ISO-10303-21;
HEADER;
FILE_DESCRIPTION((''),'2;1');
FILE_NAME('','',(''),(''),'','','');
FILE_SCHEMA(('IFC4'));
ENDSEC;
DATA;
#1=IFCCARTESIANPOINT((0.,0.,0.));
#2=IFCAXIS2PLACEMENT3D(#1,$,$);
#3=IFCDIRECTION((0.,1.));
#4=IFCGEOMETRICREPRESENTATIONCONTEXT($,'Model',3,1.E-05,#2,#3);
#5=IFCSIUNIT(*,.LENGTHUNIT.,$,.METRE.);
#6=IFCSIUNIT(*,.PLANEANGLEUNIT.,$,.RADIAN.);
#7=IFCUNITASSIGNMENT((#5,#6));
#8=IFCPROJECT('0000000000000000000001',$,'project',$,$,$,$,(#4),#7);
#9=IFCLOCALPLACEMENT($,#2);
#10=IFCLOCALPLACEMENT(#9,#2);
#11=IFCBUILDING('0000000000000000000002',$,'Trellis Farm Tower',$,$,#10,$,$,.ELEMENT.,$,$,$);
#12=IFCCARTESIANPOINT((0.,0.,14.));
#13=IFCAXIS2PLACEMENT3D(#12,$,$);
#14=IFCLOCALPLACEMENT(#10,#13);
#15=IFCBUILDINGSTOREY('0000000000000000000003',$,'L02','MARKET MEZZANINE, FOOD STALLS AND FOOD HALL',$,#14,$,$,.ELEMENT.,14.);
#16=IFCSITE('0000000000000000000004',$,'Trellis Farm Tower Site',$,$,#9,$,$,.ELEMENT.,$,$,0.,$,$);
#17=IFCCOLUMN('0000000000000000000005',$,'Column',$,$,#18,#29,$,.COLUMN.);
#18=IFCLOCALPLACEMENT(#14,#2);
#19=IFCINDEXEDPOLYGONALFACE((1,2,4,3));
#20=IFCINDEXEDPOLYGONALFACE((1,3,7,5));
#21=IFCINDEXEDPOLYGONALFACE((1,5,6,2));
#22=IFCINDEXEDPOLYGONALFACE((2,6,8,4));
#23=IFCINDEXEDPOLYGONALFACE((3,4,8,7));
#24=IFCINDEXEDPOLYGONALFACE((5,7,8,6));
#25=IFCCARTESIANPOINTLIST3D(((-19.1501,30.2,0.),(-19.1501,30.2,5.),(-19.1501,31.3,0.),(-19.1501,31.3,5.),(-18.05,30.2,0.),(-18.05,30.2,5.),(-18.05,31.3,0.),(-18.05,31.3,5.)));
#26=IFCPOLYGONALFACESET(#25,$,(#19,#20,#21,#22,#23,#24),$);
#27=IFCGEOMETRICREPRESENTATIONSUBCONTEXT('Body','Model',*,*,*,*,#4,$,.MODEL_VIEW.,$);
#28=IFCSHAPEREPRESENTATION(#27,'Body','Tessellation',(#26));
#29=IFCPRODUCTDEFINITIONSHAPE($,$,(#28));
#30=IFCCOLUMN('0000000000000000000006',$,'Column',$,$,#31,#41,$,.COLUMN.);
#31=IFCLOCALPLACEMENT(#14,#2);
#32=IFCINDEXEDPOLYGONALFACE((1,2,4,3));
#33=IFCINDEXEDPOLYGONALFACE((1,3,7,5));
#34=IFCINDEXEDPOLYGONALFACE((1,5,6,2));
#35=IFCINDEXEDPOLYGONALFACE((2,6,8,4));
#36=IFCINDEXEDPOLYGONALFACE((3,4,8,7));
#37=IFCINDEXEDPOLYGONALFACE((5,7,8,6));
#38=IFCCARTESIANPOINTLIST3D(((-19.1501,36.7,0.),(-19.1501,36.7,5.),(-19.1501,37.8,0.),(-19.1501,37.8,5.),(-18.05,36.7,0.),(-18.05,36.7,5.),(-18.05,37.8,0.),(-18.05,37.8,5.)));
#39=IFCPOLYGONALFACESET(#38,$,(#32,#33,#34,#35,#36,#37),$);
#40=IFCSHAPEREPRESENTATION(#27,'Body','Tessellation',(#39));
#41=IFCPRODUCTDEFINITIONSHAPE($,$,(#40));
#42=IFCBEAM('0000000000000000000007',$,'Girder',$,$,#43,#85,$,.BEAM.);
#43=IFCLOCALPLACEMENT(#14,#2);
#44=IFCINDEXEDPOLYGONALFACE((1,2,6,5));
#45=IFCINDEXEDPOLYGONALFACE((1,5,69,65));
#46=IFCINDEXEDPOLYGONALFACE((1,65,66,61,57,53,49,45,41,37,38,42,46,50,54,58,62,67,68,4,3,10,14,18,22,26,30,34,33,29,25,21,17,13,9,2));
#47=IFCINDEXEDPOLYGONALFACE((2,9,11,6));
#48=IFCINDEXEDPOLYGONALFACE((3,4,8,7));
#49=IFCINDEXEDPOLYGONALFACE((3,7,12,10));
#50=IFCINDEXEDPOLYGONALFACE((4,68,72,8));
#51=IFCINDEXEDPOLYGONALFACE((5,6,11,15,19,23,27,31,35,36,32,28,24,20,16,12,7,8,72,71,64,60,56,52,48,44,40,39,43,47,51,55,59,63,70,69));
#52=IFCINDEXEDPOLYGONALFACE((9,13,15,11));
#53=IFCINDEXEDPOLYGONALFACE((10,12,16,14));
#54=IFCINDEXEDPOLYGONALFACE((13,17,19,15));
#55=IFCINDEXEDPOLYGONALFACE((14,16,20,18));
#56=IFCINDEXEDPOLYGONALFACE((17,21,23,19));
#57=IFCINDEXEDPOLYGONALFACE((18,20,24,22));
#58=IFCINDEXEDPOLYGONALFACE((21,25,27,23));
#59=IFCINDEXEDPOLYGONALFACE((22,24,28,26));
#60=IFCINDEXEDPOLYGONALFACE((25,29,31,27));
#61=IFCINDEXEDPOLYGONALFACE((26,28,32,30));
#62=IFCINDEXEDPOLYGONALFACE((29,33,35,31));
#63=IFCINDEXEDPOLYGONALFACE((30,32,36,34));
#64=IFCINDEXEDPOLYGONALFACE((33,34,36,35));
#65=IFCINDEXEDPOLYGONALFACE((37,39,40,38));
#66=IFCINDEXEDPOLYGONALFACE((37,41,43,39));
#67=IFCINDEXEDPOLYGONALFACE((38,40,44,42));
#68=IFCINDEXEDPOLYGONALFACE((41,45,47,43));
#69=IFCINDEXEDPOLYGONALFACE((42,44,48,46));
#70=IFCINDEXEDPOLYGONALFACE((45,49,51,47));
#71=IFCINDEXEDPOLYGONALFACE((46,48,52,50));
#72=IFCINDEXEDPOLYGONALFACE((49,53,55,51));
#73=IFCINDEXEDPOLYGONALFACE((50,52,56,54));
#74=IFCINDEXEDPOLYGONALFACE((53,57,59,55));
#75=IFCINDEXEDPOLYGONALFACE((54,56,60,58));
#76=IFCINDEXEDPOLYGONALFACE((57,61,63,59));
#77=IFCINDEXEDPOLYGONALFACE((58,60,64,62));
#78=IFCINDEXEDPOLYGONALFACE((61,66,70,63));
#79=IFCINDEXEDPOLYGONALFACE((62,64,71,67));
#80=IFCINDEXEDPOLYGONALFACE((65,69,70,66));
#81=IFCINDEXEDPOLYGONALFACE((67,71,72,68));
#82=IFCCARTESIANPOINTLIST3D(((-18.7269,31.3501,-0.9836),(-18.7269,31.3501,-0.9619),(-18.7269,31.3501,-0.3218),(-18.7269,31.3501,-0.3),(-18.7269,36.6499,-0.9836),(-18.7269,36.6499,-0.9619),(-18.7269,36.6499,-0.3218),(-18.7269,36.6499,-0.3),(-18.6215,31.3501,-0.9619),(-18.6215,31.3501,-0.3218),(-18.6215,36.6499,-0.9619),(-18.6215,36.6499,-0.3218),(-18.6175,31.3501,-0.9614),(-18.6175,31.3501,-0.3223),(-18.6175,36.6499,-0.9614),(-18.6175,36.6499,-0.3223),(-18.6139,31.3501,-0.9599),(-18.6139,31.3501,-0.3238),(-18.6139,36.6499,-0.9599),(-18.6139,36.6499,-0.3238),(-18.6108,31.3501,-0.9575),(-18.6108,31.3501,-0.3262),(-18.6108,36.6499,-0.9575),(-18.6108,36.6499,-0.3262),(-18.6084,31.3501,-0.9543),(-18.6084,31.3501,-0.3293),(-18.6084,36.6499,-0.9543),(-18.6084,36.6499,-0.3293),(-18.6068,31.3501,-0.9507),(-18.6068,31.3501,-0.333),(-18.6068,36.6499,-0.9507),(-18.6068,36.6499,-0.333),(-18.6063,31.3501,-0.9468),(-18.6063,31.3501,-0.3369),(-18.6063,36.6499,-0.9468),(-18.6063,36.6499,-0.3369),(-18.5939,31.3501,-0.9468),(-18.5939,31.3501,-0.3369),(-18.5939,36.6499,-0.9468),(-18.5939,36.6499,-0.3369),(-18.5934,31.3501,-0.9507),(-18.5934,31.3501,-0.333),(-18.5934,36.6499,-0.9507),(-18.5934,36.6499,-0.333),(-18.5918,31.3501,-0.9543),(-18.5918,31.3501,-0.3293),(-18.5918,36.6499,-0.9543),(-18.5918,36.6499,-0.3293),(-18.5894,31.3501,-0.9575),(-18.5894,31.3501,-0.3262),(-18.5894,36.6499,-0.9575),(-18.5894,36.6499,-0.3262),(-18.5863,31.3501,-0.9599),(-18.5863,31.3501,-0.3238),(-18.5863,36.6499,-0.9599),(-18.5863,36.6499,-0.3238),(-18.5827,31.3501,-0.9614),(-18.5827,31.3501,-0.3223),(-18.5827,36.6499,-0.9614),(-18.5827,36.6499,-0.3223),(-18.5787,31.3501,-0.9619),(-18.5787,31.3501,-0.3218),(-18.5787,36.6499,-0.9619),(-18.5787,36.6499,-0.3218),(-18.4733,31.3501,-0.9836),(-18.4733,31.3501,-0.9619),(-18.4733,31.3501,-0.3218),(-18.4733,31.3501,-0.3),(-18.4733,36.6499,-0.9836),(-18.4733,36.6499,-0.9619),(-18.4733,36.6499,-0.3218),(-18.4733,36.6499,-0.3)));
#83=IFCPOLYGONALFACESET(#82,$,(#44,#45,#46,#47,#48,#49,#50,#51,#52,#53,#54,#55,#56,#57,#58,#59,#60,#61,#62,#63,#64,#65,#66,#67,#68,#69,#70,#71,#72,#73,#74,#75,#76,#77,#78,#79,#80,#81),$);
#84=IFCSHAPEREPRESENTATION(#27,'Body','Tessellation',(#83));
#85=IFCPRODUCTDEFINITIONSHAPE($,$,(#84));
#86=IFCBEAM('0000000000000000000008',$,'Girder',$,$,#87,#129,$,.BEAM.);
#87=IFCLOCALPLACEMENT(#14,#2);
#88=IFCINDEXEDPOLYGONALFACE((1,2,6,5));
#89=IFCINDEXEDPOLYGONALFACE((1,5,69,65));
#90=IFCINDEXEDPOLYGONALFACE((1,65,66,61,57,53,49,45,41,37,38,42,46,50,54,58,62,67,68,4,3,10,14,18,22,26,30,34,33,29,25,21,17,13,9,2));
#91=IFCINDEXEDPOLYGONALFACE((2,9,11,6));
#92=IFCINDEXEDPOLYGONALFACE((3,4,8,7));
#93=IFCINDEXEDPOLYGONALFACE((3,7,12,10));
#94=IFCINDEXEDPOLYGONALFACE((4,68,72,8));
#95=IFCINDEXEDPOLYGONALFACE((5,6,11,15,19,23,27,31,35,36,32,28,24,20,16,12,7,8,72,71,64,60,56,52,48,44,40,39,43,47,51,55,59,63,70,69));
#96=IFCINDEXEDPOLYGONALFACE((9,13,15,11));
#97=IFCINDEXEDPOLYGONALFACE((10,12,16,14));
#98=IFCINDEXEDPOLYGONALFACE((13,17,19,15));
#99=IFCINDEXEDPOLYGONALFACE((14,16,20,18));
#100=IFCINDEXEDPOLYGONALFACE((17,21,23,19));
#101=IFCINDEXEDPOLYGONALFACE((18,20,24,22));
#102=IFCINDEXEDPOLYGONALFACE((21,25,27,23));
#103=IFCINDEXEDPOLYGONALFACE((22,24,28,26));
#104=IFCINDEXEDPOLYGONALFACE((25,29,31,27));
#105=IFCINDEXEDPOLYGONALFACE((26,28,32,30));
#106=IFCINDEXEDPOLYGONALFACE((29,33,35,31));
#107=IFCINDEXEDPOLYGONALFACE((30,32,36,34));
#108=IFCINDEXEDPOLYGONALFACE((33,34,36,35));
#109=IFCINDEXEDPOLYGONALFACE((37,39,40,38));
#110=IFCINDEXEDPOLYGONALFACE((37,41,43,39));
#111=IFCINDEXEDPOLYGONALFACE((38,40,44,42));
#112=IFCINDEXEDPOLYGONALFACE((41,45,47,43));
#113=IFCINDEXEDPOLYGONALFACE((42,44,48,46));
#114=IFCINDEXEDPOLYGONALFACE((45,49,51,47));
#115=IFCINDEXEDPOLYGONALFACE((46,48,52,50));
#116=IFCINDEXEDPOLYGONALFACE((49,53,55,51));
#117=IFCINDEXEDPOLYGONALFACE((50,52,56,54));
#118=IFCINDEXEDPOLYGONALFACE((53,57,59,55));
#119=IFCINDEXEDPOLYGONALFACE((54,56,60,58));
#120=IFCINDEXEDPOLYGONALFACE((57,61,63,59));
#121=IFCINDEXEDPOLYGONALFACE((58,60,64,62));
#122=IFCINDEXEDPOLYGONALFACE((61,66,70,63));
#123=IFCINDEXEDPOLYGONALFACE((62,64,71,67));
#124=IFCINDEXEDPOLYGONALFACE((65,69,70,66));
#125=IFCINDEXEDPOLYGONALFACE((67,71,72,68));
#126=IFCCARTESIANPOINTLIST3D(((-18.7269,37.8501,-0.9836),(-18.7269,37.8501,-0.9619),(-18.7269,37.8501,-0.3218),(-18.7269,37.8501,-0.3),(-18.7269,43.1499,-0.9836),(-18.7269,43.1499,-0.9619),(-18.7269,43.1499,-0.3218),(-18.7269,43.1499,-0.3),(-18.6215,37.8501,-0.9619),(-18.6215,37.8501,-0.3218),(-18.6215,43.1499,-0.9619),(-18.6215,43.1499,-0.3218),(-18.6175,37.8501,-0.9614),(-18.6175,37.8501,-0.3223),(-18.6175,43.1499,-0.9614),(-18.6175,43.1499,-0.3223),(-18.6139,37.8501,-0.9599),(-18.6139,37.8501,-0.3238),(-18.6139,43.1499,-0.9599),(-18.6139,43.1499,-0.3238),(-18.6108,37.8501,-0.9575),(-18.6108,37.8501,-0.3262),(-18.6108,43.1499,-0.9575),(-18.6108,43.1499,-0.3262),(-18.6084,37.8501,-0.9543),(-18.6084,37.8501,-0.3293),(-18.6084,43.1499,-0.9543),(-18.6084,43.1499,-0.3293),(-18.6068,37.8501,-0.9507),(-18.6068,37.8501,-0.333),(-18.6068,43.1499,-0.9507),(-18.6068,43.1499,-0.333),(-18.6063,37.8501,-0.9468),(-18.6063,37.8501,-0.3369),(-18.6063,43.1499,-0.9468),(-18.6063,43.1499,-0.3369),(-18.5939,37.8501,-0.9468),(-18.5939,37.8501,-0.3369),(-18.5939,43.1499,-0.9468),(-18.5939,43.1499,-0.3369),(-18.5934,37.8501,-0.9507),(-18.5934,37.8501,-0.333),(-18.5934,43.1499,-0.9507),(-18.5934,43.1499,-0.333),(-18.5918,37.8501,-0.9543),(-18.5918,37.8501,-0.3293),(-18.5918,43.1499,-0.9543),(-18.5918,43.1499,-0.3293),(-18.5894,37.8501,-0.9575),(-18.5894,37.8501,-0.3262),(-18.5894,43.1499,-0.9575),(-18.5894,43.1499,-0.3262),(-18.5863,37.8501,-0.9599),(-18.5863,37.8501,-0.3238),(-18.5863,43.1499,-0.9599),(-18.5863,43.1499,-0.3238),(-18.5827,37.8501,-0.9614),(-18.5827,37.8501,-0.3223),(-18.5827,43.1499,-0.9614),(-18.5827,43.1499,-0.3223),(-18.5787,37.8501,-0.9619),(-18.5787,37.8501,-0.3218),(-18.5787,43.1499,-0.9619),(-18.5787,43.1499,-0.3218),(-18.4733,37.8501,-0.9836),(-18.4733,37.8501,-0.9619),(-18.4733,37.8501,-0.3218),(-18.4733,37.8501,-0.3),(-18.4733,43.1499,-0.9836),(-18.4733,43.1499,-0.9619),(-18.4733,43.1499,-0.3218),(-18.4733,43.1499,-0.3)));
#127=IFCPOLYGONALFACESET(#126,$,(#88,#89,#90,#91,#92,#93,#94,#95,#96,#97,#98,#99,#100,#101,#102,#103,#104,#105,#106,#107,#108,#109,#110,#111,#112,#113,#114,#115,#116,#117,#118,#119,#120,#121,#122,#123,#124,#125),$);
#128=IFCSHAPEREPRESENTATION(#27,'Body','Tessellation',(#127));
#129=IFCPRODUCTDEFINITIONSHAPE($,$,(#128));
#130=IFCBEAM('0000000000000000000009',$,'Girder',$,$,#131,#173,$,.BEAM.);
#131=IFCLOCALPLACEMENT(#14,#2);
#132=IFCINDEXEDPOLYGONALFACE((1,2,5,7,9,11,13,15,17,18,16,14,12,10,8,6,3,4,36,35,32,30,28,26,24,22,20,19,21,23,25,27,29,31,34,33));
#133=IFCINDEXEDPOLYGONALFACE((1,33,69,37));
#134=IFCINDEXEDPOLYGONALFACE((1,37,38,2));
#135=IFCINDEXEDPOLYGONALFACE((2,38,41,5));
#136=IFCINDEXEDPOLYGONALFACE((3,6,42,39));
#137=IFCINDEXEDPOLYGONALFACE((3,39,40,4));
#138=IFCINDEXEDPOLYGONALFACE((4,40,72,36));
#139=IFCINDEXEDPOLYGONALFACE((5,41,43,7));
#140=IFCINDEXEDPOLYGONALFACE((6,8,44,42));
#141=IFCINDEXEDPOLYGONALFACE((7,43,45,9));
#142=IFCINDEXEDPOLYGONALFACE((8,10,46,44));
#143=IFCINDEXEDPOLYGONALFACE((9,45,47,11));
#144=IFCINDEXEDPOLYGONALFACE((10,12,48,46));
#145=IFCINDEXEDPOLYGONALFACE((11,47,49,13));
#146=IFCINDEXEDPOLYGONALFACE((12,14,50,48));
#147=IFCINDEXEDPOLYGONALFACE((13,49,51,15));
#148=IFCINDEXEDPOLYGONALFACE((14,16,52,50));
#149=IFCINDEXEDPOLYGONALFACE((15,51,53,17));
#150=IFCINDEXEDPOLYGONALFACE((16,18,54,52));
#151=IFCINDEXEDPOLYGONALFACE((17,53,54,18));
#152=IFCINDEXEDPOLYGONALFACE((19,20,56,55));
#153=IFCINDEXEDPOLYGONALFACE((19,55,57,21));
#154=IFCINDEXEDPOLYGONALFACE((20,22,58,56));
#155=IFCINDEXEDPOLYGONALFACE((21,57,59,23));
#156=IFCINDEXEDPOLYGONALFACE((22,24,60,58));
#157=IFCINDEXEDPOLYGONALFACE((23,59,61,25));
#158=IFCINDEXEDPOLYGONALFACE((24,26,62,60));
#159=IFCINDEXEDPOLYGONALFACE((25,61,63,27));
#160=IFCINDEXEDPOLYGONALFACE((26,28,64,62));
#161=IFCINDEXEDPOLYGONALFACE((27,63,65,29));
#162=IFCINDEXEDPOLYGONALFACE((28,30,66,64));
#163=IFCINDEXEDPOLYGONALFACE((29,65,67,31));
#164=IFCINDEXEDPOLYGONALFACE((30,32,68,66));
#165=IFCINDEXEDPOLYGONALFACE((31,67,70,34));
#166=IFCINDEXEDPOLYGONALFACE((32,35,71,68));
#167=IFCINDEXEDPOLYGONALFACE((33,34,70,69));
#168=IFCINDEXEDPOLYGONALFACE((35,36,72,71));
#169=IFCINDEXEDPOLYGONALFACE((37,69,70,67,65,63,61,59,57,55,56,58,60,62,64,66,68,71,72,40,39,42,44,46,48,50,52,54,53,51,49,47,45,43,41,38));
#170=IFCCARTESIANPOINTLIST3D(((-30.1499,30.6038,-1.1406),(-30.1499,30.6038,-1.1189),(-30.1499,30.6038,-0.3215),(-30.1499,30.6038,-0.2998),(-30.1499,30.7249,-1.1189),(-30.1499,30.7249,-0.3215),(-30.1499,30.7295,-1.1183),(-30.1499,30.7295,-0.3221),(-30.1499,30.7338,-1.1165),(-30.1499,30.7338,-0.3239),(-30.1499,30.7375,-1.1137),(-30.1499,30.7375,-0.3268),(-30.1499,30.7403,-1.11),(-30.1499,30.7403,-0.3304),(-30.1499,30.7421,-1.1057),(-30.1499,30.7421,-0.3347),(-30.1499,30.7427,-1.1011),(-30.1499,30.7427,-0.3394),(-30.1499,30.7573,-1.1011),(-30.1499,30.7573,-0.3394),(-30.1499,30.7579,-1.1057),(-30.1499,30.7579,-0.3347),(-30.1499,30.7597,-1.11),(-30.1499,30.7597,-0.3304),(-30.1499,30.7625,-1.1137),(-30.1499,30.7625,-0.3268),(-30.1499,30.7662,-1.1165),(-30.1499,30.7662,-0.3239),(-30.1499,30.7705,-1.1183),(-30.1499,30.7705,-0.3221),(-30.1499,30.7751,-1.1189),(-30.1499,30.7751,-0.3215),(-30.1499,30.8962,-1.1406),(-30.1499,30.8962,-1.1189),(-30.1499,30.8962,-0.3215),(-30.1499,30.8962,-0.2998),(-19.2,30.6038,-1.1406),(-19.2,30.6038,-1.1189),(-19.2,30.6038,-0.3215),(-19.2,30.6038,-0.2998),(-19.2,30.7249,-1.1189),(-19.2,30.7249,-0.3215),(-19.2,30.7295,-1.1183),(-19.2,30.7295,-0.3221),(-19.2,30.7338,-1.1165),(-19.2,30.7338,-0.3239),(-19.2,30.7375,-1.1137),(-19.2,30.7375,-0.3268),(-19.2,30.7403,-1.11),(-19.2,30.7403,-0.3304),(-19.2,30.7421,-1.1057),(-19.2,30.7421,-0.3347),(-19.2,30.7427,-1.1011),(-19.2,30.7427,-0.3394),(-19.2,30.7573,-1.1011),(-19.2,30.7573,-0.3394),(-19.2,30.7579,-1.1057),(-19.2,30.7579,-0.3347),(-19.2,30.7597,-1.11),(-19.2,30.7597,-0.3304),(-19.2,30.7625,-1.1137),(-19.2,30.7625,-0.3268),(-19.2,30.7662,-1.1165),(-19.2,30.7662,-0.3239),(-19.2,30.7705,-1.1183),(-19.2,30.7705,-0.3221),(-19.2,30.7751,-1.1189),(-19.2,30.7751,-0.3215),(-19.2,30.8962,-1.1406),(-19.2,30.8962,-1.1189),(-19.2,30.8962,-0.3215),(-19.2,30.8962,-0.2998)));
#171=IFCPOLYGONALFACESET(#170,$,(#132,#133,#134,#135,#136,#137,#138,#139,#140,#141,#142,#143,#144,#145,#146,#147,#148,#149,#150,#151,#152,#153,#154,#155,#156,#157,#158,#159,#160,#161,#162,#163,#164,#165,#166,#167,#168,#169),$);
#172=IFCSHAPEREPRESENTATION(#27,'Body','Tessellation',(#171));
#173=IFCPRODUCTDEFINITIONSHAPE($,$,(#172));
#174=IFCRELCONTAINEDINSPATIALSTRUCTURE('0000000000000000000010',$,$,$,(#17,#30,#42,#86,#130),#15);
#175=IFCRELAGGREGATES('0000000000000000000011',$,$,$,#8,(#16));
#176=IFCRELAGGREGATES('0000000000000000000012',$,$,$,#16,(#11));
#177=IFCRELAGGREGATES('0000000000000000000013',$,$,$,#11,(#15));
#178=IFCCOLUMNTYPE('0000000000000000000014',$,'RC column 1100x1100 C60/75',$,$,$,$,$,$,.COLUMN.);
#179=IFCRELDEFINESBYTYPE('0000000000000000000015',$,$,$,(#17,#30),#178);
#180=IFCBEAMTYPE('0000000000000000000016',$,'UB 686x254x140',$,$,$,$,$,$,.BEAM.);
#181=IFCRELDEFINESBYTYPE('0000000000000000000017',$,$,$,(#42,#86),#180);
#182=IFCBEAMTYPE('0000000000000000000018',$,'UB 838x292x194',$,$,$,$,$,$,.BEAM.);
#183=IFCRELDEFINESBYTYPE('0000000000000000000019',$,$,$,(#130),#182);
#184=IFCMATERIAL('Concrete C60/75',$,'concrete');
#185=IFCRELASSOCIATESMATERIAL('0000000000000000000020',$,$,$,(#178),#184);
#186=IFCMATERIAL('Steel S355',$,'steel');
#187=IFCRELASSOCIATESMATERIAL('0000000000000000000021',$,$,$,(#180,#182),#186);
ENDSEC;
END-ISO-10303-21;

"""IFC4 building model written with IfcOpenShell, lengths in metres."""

from ifc_helpers import new_model, si_unit, direction, frame, origin, origin_2d, place, context, subcontext, project, spatial, rectangle, i_section, extrude, source, transform, mapped, material, material_profile, profile_set, type_object, element, save


model = new_model("IFC4")

# Units and contexts
model_context = context("Model", 3, precision=1e-05, world=origin(), true_north=direction((0.0, 1.0)))
body_context = subcontext(model_context, "Body", "Model", "MODEL_VIEW")
ifc_project = project(units=[si_unit("LENGTHUNIT", "METRE"), si_unit("PLANEANGLEUNIT", "RADIAN")], contexts=[model_context])

# Site, building, storey
site_placement = place(None, origin())
site = spatial("IfcSite", under=ifc_project, at=site_placement, Name="Trellis Farm Tower Site", CompositionType="ELEMENT", RefElevation=0.0)
building_placement = place(site_placement, origin())
building = spatial("IfcBuilding", under=site, at=building_placement, Name="Trellis Farm Tower", CompositionType="ELEMENT")
storey_placement = place(building_placement, frame((0.0, 0.0, 14.0)))
storey = spatial("IfcBuildingStorey", under=building, at=storey_placement, Name="L02", Description="MARKET MEZZANINE, FOOD STALLS AND FOOD HALL", CompositionType="ELEMENT", Elevation=14.0)

# Columns
ifc_material_1 = material(Name="Concrete C60/75", Category="concrete")
ifc_material_profile_1 = material_profile(ifc_material_1, rectangle(XDim=1.1001, YDim=1.1001, at=origin_2d()), Name="RC column 1100x1100 C60/75")
ifc_profile_set_1 = profile_set([ifc_material_profile_1], Name="Concrete C60/75")
column_type = type_object("IfcColumnType", Name="RC column 1100x1100 C60/75", PredefinedType="COLUMN", material=ifc_profile_set_1)
shared_shape_1 = source(origin(), body_context, "Body", "SweptSolid", [
    extrude(rectangle(XDim=1.1001, YDim=1.1001, at=origin_2d()), origin(), (0.0, 0.0, 1.0), 5.0),
])
for number, where, z_axis, x_axis, name in (
    (1, (-18.6001, 30.75, 0.0), (0.0, 0.0, 1.0), (1.0, 0.0, 0.0), "Column"),
    (2, (-18.6001, 37.25, 0.0), (0.0, 0.0, 1.0), (1.0, 0.0, 0.0), "Column"),
):
    element("IfcColumn", number, at=place(storey_placement, frame(where, z_axis=z_axis, x_axis=x_axis)), inside=storey, type_object=column_type, Name=name, PredefinedType="COLUMN", context=body_context, shape_type="MappedRepresentation", body=[
        mapped(shared_shape_1, transform((0.0, 0.0, 0.0))),
    ])

# Beams
ifc_material_2 = material(Name="Steel S355", Category="steel")
ifc_material_profile_2 = material_profile(ifc_material_2, i_section(OverallWidth=0.2537, OverallDepth=0.6836, WebThickness=0.0125, FlangeThickness=0.0217, FilletRadius=0.0151, at=origin_2d()), Name="UB 686x254x140")
ifc_profile_set_2 = profile_set([ifc_material_profile_2], Name="Steel S355")
beam_type_1 = type_object("IfcBeamType", Name="UB 686x254x140", PredefinedType="BEAM", material=ifc_profile_set_2)
shared_shape_2 = source(origin(), body_context, "Body", "SweptSolid", [
    extrude(i_section(OverallWidth=0.2537, OverallDepth=0.6836, WebThickness=0.0125, FlangeThickness=0.0217, FilletRadius=0.0151, at=origin_2d()), origin(), (0.0, 0.0, 1.0), 5.2998),
])
for number, where, z_axis, x_axis, name in (
    (3, (-18.6001, 31.3501, -0.6418), (0.0, 1.0, 0.0), (-1.0, 0.0, 0.0), "Girder"),
    (4, (-18.6001, 37.8501, -0.6418), (0.0, 1.0, 0.0), (-1.0, 0.0, 0.0), "Girder"),
):
    element("IfcBeam", number, at=place(storey_placement, frame(where, z_axis=z_axis, x_axis=x_axis)), inside=storey, type_object=beam_type_1, Name=name, PredefinedType="BEAM", context=body_context, shape_type="MappedRepresentation", body=[
        mapped(shared_shape_2, transform((0.0, 0.0, 0.0))),
    ])
ifc_material_profile_3 = material_profile(ifc_material_2, i_section(OverallWidth=0.2925, OverallDepth=0.8408, WebThickness=0.0146, FlangeThickness=0.0217, FilletRadius=0.0178, at=origin_2d()), Name="UB 838x292x194")
ifc_profile_set_3 = profile_set([ifc_material_profile_3], Name="Steel S355")
beam_type_2 = type_object("IfcBeamType", Name="UB 838x292x194", PredefinedType="BEAM", material=ifc_profile_set_3)
shared_shape_3 = source(origin(), body_context, "Body", "SweptSolid", [
    extrude(i_section(OverallWidth=0.2925, OverallDepth=0.8408, WebThickness=0.0146, FlangeThickness=0.0217, FilletRadius=0.0178, at=origin_2d()), origin(), (0.0, 0.0, 1.0), 10.95),
])
for number, where, z_axis, x_axis, name in (
    (5, (-30.1499, 30.75, -0.7202), (1.0, 0.0, 0.0), (0.0, 1.0, 0.0), "Girder"),
):
    element("IfcBeam", number, at=place(storey_placement, frame(where, z_axis=z_axis, x_axis=x_axis)), inside=storey, type_object=beam_type_2, Name=name, PredefinedType="BEAM", context=body_context, shape_type="MappedRepresentation", body=[
        mapped(shared_shape_3, transform((0.0, 0.0, 0.0))),
    ])

save(model, "model.ifc")
